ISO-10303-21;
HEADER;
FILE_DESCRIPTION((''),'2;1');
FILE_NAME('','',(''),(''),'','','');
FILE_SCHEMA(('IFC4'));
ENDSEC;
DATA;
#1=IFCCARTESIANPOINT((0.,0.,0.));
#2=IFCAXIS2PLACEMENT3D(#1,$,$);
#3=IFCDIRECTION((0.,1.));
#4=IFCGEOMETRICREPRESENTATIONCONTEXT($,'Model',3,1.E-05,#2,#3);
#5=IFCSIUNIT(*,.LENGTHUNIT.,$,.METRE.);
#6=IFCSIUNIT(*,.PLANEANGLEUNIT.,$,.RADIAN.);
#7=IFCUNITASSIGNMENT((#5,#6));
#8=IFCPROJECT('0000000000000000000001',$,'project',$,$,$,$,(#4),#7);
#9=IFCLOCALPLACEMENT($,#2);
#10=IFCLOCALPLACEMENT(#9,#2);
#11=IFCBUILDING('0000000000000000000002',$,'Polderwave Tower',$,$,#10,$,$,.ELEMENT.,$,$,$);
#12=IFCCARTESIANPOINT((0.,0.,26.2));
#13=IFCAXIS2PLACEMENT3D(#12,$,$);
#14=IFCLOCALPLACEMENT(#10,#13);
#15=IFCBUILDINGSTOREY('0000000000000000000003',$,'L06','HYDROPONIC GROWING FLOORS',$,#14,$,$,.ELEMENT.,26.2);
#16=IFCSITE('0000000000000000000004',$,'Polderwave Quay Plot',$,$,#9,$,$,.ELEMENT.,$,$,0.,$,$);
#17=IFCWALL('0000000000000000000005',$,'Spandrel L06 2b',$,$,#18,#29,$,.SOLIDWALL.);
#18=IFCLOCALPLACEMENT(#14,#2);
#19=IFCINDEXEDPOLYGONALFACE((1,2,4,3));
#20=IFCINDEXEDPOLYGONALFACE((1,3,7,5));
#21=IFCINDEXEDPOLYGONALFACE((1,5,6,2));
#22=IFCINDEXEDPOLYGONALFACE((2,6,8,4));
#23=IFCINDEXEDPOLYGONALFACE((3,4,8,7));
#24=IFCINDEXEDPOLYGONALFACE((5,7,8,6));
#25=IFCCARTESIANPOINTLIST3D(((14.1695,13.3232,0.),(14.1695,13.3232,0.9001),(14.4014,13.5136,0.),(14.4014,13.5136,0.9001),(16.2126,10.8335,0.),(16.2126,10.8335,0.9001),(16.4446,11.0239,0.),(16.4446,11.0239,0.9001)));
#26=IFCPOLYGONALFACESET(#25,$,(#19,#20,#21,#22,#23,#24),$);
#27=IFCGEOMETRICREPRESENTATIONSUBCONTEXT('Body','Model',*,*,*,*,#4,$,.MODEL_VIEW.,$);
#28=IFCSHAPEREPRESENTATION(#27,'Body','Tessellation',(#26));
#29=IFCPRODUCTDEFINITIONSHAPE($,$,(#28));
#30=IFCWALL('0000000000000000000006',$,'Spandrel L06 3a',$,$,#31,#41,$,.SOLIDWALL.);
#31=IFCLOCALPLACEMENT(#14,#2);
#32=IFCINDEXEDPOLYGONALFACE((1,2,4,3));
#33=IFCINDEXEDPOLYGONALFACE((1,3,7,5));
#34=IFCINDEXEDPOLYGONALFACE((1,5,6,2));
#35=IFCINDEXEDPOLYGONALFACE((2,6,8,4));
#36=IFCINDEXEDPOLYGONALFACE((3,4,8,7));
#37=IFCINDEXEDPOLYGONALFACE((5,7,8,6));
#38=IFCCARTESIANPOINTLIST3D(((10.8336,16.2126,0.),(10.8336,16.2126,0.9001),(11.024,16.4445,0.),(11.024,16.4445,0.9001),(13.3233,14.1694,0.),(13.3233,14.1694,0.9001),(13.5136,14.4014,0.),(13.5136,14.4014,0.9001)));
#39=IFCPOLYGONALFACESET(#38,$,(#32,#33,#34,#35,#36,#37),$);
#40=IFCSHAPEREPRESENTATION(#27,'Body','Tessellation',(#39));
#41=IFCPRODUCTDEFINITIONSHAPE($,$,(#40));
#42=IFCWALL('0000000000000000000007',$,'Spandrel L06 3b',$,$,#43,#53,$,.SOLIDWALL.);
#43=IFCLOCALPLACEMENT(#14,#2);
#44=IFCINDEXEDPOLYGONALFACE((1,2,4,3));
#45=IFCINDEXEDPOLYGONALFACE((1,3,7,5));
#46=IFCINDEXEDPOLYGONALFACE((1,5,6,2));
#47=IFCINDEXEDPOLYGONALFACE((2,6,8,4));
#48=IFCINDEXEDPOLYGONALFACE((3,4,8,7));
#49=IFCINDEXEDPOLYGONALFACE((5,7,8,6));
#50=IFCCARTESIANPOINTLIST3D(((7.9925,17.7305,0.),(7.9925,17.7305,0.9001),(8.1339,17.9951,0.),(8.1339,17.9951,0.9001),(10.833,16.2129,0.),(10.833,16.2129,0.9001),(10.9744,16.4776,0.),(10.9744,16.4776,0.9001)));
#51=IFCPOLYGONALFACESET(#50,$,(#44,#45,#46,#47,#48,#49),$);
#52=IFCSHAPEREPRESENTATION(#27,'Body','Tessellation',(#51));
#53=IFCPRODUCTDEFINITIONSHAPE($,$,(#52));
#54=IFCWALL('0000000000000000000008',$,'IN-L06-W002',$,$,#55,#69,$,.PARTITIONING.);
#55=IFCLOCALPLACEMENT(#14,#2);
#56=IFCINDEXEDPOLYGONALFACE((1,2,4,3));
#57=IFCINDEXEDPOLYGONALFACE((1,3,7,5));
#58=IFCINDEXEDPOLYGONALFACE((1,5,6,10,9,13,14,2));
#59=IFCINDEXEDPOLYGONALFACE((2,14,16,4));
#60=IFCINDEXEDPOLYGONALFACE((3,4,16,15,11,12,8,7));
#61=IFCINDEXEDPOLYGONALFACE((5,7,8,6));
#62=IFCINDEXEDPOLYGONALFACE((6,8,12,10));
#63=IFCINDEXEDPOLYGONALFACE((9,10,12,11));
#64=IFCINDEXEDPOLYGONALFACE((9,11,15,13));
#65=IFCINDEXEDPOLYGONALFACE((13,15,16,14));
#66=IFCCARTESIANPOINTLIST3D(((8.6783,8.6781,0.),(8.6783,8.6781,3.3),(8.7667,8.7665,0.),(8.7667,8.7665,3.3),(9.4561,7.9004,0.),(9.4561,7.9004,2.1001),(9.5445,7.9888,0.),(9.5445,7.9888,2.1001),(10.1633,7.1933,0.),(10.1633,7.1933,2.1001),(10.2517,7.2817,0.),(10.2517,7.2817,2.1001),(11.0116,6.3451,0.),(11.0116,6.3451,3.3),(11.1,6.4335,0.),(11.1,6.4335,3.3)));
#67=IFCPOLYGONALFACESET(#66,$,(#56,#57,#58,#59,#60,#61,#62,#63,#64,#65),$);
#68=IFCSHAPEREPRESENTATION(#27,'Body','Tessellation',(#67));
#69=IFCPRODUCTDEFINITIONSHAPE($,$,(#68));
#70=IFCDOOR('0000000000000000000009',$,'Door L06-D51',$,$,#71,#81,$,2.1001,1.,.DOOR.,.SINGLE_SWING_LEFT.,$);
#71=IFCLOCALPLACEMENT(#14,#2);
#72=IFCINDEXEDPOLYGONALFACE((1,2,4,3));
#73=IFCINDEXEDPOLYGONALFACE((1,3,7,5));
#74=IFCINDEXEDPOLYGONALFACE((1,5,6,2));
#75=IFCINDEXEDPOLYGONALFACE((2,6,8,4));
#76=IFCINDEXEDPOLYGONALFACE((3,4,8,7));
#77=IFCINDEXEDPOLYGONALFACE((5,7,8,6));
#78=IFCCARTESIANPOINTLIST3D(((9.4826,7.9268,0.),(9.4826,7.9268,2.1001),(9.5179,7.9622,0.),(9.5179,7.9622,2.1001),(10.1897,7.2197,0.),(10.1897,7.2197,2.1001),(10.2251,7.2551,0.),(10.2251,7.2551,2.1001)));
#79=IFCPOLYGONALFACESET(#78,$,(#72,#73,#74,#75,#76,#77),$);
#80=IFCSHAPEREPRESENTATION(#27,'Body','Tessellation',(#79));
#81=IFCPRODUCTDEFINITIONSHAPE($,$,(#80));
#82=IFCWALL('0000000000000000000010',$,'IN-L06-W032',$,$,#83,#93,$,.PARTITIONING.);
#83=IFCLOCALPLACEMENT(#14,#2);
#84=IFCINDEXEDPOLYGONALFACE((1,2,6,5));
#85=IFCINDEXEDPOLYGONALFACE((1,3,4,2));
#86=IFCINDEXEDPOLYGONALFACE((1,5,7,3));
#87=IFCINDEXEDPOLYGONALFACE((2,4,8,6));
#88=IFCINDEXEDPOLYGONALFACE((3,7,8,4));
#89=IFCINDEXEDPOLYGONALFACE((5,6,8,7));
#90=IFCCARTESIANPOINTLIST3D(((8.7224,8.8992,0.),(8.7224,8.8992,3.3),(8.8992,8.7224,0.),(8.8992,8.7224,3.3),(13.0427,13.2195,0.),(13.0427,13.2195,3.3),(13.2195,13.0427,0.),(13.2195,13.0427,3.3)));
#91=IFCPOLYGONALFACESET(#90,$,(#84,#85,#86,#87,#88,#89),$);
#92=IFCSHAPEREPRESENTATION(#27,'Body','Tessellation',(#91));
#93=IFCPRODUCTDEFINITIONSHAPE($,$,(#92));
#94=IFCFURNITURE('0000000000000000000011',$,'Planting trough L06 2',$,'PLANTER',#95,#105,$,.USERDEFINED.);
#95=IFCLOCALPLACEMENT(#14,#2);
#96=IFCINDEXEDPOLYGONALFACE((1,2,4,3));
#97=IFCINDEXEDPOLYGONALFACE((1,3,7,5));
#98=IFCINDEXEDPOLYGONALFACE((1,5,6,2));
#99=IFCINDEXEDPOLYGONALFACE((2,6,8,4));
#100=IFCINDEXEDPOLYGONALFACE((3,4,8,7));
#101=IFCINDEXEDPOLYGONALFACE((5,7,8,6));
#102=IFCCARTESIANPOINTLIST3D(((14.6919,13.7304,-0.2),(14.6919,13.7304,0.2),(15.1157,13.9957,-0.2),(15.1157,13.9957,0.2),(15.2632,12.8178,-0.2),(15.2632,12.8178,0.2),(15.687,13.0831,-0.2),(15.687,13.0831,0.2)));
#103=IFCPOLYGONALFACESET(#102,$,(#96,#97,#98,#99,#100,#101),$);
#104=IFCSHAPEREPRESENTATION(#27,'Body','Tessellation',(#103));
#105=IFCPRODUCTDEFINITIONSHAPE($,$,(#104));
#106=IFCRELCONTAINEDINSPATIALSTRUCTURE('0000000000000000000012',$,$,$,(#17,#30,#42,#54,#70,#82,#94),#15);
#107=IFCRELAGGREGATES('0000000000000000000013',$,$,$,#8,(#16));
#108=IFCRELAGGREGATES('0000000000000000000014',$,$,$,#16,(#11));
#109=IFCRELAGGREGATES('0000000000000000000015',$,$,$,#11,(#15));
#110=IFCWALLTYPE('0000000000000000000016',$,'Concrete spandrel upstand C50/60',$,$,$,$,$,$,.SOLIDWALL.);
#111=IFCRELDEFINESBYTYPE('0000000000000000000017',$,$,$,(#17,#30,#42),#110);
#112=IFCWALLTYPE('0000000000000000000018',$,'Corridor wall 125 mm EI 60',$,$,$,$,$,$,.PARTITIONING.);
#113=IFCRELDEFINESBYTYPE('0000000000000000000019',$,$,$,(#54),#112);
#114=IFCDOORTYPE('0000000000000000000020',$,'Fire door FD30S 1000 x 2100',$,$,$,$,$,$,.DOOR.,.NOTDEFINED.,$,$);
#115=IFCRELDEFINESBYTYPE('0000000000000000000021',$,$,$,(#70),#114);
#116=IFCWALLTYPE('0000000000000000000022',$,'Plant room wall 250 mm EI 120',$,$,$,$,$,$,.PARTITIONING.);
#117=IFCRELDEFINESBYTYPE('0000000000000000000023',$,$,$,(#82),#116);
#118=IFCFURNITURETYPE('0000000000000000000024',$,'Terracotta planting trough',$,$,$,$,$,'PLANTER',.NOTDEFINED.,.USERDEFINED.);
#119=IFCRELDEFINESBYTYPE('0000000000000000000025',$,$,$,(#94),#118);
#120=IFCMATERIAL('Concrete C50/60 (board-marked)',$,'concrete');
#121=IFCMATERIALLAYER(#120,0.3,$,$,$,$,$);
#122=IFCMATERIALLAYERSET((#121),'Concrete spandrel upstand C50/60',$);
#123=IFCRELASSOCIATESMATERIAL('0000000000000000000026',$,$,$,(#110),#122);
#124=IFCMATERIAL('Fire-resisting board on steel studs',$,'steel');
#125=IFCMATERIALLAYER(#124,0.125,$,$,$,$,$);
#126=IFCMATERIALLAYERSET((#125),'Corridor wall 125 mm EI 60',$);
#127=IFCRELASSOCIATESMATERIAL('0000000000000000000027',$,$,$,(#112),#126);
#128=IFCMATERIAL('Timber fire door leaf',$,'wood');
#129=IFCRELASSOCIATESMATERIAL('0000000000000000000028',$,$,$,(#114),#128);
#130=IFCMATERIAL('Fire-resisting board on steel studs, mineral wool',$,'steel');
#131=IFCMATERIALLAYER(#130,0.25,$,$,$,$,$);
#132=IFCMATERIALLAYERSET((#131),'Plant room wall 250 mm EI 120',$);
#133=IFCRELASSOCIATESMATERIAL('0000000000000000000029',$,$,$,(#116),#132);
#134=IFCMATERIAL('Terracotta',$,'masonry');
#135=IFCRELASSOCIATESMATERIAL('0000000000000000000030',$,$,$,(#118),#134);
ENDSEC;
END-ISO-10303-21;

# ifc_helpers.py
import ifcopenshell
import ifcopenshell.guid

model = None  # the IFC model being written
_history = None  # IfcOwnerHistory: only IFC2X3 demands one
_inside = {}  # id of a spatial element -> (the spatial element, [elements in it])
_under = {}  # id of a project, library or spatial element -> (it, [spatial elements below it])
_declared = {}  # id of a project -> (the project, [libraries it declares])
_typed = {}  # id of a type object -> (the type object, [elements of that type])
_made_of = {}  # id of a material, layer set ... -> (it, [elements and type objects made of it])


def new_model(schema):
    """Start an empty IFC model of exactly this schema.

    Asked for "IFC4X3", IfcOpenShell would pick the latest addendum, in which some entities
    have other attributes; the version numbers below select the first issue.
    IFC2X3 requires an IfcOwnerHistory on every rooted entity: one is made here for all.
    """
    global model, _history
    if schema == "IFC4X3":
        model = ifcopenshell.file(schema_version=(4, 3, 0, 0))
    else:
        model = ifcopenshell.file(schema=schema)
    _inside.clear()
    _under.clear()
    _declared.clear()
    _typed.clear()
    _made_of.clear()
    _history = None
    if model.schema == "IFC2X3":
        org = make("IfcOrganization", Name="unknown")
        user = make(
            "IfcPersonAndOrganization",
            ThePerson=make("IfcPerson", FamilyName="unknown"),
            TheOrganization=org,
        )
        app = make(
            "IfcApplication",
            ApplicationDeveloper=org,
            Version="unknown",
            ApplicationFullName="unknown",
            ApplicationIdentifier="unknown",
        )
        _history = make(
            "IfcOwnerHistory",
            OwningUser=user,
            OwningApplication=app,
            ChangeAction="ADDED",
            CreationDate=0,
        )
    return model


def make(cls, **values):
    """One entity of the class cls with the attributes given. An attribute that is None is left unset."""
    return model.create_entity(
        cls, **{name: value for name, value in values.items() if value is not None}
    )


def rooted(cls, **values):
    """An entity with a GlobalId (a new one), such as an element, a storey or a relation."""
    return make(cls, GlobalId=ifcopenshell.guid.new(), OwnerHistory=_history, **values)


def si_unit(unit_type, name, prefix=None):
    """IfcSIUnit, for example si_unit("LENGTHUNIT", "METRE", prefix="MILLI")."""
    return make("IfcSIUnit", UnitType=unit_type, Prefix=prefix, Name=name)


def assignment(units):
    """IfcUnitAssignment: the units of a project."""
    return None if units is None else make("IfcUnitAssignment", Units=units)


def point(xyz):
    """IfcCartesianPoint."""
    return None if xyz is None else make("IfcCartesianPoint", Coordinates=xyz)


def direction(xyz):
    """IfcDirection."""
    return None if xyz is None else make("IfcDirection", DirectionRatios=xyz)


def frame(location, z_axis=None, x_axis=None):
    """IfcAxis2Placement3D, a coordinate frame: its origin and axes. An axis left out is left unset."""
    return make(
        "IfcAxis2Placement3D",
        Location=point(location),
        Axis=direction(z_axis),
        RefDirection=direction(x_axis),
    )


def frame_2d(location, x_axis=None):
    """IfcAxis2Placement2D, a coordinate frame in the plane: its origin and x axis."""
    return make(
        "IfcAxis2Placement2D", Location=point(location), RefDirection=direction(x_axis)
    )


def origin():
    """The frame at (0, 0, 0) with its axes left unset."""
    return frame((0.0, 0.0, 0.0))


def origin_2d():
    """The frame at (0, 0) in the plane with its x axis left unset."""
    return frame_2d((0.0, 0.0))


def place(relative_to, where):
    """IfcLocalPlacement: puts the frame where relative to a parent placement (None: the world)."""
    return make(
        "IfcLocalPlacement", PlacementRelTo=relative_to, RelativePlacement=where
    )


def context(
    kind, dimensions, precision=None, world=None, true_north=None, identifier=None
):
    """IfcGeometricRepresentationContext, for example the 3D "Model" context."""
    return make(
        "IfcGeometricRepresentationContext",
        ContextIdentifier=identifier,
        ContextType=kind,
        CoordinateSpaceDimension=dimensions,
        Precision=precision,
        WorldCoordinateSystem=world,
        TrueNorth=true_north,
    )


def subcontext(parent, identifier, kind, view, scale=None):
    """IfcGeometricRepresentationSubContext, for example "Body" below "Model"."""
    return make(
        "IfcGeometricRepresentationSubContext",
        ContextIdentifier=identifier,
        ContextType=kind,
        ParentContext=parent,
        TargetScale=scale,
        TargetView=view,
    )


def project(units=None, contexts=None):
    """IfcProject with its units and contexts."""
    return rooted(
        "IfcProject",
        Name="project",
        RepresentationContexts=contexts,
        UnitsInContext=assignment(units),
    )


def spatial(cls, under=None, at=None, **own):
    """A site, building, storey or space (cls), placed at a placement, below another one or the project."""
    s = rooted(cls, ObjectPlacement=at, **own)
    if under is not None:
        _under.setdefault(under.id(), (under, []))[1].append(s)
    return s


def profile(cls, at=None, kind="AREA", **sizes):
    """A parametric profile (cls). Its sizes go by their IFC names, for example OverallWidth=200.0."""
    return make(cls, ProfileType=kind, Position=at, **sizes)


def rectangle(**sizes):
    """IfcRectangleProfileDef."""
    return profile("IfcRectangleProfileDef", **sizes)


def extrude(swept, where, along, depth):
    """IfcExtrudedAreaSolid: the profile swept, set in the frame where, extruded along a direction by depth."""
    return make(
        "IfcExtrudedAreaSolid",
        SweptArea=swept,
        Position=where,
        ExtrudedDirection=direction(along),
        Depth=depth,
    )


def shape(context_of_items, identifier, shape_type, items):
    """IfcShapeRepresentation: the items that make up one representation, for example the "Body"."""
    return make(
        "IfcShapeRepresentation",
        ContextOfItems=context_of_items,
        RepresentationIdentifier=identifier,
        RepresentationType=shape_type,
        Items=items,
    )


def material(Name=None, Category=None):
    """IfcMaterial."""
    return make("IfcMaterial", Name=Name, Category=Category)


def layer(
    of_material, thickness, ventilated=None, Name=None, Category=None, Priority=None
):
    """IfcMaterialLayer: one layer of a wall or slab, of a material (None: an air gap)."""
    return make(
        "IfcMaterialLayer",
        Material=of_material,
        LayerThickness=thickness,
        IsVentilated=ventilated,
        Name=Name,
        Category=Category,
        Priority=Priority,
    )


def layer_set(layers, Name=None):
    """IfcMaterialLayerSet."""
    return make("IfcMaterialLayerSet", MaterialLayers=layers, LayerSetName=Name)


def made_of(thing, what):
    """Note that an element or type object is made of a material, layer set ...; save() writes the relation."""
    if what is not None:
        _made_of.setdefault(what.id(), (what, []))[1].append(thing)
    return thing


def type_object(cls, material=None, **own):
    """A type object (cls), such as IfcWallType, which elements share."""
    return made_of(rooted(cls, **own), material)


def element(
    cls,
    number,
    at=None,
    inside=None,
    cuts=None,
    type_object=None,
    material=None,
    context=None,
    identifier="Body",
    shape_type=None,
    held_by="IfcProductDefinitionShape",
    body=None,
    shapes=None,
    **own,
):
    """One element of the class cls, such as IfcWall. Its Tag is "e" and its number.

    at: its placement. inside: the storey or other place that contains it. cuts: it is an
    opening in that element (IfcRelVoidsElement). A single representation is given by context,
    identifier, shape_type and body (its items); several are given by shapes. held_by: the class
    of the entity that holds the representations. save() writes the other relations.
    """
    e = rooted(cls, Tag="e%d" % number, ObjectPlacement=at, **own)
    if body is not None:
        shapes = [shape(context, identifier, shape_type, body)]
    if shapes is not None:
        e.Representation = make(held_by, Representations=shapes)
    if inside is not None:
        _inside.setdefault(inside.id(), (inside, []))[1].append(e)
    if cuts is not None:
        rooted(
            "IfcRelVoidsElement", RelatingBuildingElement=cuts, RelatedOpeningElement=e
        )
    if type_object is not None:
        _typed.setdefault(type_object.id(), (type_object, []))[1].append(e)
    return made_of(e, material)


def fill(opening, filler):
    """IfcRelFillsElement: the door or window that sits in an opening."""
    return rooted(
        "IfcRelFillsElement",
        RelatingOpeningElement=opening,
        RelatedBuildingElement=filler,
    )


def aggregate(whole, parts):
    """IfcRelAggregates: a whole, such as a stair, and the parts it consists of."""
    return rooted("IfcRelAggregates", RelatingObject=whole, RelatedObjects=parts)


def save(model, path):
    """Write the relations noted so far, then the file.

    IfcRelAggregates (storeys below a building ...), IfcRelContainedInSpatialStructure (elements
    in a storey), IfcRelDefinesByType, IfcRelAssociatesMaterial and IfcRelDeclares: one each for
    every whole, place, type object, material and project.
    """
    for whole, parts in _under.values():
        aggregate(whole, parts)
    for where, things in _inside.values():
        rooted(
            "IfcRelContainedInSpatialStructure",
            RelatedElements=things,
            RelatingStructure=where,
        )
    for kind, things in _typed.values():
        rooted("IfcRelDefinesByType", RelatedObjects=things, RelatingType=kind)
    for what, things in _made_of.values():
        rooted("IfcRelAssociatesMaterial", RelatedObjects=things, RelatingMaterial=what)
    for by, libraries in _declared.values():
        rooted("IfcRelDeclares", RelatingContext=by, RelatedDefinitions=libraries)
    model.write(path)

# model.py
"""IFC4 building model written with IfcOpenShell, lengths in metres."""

from ifc_helpers import new_model, si_unit, direction, frame, frame_2d, origin, origin_2d, place, context, subcontext, project, spatial, rectangle, extrude, material, layer, layer_set, type_object, element, fill, save


model = new_model("IFC4")

# Units and contexts
model_context = context("Model", 3, precision=1e-05, world=origin(), true_north=direction((0.0, 1.0)))
body_context = subcontext(model_context, "Body", "Model", "MODEL_VIEW")
ifc_project = project(units=[si_unit("LENGTHUNIT", "METRE"), si_unit("PLANEANGLEUNIT", "RADIAN")], contexts=[model_context])

# Site, building, storey
site_placement = place(None, origin())
site = spatial("IfcSite", under=ifc_project, at=site_placement, Name="Polderwave Quay Plot", CompositionType="ELEMENT", RefElevation=0.0)
building_placement = place(site_placement, origin())
building = spatial("IfcBuilding", under=site, at=building_placement, Name="Polderwave Tower", CompositionType="ELEMENT")
storey_placement = place(building_placement, frame((0.0, 0.0, 26.2)))
storey = spatial("IfcBuildingStorey", under=building, at=storey_placement, Name="L06", Description="HYDROPONIC GROWING FLOORS", CompositionType="ELEMENT", Elevation=26.2)

# Walls
ifc_material_1 = material(Name="Concrete C50/60 (board-marked)", Category="concrete")
ifc_layer_1 = layer(ifc_material_1, 0.3)
ifc_layer_set_1 = layer_set([ifc_layer_1], Name="Concrete spandrel upstand C50/60")
wall_type_1 = type_object("IfcWallType", Name="Concrete spandrel upstand C50/60", PredefinedType="SOLIDWALL", material=ifc_layer_set_1)
for number, where, z_axis, x_axis, name in (
    (1, (16.3286, 10.9287, 0.0), (0.0, 0.0, 1.0), (-0.63438, 0.773021, 0.0), "Spandrel L06 2b"),
    (2, (13.4185, 14.2854, 0.0), (0.0, 0.0, 1.0), (-0.773021, 0.63438, 0.0), "Spandrel L06 3a"),
):
    element("IfcWall", number, at=place(storey_placement, frame(where, z_axis=z_axis, x_axis=x_axis)), inside=storey, type_object=wall_type_1, Name=name, PredefinedType="SOLIDWALL", context=body_context, shape_type="SweptSolid", body=[
        extrude(rectangle(XDim=3.2207, YDim=0.3, at=frame_2d((1.6104, 0.0))), origin(), (0.0, 0.0, 1.0), 0.9001),
    ])
wall_1_placement = place(storey_placement, frame((10.9038, 16.3452, 0.0), z_axis=(0.0, 0.0, 1.0), x_axis=(-0.882017, 0.471218, 0.0)))
element("IfcWall", 3, at=wall_1_placement, inside=storey, type_object=wall_type_1, Name="Spandrel L06 3b", PredefinedType="SOLIDWALL", context=body_context, shape_type="SweptSolid", body=[
    extrude(rectangle(XDim=3.2205, YDim=0.3, at=frame_2d((1.6104, 0.0))), origin(), (0.0, 0.0, 1.0), 0.9001),
])

# Wall, opening, door
ifc_material_2 = material(Name="Fire-resisting board on steel studs", Category="steel")
ifc_layer_2 = layer(ifc_material_2, 0.125)
ifc_layer_set_2 = layer_set([ifc_layer_2], Name="Corridor wall 125 mm EI 60")
wall_type_2 = type_object("IfcWallType", Name="Corridor wall 125 mm EI 60", PredefinedType="PARTITIONING", material=ifc_layer_set_2)
wall_2_placement = place(storey_placement, frame((8.7224, 8.7224, 0.0), z_axis=(0.0, 0.0, 1.0), x_axis=(0.707144, -0.70707, 0.0)))
wall_2 = element("IfcWall", 4, at=wall_2_placement, inside=storey, type_object=wall_type_2, Name="IN-L06-W002", PredefinedType="PARTITIONING", context=body_context, shape_type="SweptSolid", body=[
    extrude(rectangle(XDim=3.2996, YDim=0.125, at=frame_2d((1.6499, 0.0))), origin(), (0.0, 0.0, 1.0), 3.3),
])
opening_placement = place(wall_2_placement, frame((1.1001, 0.0, 0.0)))
opening = element("IfcOpeningElement", 5, at=opening_placement, cuts=wall_2, PredefinedType="OPENING", context=body_context, shape_type="SweptSolid", body=[
    extrude(rectangle(XDim=1.0, YDim=2.1001, at=frame_2d((0.5, 1.05))), frame((0.0, 0.0725, 0.0), z_axis=(0.0, -1.0, 0.0), x_axis=(1.0, 0.0, 0.0)), (0.0, 0.0, 1.0), 0.145),
])
ifc_material_3 = material(Name="Timber fire door leaf", Category="wood")
door_type = type_object("IfcDoorType", Name="Fire door FD30S 1000 x 2100", OperationType="NOTDEFINED", PredefinedType="DOOR", material=ifc_material_3)
door_placement = place(opening_placement, origin())
door = element("IfcDoor", 6, at=door_placement, inside=storey, type_object=door_type, Name="Door L06-D51", OperationType="SINGLE_SWING_LEFT", OverallHeight=2.1001, OverallWidth=1.0, PredefinedType="DOOR", context=body_context, shape_type="SweptSolid", body=[
    extrude(rectangle(XDim=1.0, YDim=2.1001, at=frame_2d((0.5, 1.05))), frame((0.0, 0.0249, 0.0), z_axis=(0.0, -1.0, 0.0), x_axis=(1.0, 0.0, 0.0)), (0.0, 0.0, 1.0), 0.05),
])
fill(opening, door)

# Wall
ifc_material_4 = material(Name="Fire-resisting board on steel studs, mineral wool", Category="steel")
ifc_layer_3 = layer(ifc_material_4, 0.25)
ifc_layer_set_3 = layer_set([ifc_layer_3], Name="Plant room wall 250 mm EI 120")
wall_type_3 = type_object("IfcWallType", Name="Plant room wall 250 mm EI 120", PredefinedType="PARTITIONING", material=ifc_layer_set_3)
wall_3_placement = place(storey_placement, frame((13.1311, 13.1311, 0.0), z_axis=(0.0, 0.0, 1.0), x_axis=(-0.707107, -0.707107, 0.0)))
element("IfcWall", 7, at=wall_3_placement, inside=storey, type_object=wall_type_3, Name="IN-L06-W032", PredefinedType="PARTITIONING", context=body_context, shape_type="SweptSolid", body=[
    extrude(rectangle(XDim=6.1099, YDim=0.25, at=frame_2d((3.0549, 0.0))), origin(), (0.0, 0.0, 1.0), 3.3),
])

# Furniture
ifc_material_5 = material(Name="Terracotta", Category="masonry")
furniture_type = type_object("IfcFurnitureType", Name="Terracotta planting trough", ElementType="PLANTER", AssemblyPlace="NOTDEFINED", PredefinedType="USERDEFINED", material=ifc_material_5)
furniture_placement = place(storey_placement, frame((15.1895, 13.4067, -0.2), z_axis=(0.0, 0.0, 1.0), x_axis=(-0.530591, 0.847628, 0.0)))
element("IfcFurniture", 8, at=furniture_placement, inside=storey, type_object=furniture_type, Name="Planting trough L06 2", ObjectType="PLANTER", PredefinedType="USERDEFINED", context=body_context, shape_type="SweptSolid", body=[
    extrude(rectangle(XDim=1.0767, YDim=0.5, at=origin_2d()), origin(), (0.0, 0.0, 1.0), 0.3999),
])

save(model, "model.ifc")
